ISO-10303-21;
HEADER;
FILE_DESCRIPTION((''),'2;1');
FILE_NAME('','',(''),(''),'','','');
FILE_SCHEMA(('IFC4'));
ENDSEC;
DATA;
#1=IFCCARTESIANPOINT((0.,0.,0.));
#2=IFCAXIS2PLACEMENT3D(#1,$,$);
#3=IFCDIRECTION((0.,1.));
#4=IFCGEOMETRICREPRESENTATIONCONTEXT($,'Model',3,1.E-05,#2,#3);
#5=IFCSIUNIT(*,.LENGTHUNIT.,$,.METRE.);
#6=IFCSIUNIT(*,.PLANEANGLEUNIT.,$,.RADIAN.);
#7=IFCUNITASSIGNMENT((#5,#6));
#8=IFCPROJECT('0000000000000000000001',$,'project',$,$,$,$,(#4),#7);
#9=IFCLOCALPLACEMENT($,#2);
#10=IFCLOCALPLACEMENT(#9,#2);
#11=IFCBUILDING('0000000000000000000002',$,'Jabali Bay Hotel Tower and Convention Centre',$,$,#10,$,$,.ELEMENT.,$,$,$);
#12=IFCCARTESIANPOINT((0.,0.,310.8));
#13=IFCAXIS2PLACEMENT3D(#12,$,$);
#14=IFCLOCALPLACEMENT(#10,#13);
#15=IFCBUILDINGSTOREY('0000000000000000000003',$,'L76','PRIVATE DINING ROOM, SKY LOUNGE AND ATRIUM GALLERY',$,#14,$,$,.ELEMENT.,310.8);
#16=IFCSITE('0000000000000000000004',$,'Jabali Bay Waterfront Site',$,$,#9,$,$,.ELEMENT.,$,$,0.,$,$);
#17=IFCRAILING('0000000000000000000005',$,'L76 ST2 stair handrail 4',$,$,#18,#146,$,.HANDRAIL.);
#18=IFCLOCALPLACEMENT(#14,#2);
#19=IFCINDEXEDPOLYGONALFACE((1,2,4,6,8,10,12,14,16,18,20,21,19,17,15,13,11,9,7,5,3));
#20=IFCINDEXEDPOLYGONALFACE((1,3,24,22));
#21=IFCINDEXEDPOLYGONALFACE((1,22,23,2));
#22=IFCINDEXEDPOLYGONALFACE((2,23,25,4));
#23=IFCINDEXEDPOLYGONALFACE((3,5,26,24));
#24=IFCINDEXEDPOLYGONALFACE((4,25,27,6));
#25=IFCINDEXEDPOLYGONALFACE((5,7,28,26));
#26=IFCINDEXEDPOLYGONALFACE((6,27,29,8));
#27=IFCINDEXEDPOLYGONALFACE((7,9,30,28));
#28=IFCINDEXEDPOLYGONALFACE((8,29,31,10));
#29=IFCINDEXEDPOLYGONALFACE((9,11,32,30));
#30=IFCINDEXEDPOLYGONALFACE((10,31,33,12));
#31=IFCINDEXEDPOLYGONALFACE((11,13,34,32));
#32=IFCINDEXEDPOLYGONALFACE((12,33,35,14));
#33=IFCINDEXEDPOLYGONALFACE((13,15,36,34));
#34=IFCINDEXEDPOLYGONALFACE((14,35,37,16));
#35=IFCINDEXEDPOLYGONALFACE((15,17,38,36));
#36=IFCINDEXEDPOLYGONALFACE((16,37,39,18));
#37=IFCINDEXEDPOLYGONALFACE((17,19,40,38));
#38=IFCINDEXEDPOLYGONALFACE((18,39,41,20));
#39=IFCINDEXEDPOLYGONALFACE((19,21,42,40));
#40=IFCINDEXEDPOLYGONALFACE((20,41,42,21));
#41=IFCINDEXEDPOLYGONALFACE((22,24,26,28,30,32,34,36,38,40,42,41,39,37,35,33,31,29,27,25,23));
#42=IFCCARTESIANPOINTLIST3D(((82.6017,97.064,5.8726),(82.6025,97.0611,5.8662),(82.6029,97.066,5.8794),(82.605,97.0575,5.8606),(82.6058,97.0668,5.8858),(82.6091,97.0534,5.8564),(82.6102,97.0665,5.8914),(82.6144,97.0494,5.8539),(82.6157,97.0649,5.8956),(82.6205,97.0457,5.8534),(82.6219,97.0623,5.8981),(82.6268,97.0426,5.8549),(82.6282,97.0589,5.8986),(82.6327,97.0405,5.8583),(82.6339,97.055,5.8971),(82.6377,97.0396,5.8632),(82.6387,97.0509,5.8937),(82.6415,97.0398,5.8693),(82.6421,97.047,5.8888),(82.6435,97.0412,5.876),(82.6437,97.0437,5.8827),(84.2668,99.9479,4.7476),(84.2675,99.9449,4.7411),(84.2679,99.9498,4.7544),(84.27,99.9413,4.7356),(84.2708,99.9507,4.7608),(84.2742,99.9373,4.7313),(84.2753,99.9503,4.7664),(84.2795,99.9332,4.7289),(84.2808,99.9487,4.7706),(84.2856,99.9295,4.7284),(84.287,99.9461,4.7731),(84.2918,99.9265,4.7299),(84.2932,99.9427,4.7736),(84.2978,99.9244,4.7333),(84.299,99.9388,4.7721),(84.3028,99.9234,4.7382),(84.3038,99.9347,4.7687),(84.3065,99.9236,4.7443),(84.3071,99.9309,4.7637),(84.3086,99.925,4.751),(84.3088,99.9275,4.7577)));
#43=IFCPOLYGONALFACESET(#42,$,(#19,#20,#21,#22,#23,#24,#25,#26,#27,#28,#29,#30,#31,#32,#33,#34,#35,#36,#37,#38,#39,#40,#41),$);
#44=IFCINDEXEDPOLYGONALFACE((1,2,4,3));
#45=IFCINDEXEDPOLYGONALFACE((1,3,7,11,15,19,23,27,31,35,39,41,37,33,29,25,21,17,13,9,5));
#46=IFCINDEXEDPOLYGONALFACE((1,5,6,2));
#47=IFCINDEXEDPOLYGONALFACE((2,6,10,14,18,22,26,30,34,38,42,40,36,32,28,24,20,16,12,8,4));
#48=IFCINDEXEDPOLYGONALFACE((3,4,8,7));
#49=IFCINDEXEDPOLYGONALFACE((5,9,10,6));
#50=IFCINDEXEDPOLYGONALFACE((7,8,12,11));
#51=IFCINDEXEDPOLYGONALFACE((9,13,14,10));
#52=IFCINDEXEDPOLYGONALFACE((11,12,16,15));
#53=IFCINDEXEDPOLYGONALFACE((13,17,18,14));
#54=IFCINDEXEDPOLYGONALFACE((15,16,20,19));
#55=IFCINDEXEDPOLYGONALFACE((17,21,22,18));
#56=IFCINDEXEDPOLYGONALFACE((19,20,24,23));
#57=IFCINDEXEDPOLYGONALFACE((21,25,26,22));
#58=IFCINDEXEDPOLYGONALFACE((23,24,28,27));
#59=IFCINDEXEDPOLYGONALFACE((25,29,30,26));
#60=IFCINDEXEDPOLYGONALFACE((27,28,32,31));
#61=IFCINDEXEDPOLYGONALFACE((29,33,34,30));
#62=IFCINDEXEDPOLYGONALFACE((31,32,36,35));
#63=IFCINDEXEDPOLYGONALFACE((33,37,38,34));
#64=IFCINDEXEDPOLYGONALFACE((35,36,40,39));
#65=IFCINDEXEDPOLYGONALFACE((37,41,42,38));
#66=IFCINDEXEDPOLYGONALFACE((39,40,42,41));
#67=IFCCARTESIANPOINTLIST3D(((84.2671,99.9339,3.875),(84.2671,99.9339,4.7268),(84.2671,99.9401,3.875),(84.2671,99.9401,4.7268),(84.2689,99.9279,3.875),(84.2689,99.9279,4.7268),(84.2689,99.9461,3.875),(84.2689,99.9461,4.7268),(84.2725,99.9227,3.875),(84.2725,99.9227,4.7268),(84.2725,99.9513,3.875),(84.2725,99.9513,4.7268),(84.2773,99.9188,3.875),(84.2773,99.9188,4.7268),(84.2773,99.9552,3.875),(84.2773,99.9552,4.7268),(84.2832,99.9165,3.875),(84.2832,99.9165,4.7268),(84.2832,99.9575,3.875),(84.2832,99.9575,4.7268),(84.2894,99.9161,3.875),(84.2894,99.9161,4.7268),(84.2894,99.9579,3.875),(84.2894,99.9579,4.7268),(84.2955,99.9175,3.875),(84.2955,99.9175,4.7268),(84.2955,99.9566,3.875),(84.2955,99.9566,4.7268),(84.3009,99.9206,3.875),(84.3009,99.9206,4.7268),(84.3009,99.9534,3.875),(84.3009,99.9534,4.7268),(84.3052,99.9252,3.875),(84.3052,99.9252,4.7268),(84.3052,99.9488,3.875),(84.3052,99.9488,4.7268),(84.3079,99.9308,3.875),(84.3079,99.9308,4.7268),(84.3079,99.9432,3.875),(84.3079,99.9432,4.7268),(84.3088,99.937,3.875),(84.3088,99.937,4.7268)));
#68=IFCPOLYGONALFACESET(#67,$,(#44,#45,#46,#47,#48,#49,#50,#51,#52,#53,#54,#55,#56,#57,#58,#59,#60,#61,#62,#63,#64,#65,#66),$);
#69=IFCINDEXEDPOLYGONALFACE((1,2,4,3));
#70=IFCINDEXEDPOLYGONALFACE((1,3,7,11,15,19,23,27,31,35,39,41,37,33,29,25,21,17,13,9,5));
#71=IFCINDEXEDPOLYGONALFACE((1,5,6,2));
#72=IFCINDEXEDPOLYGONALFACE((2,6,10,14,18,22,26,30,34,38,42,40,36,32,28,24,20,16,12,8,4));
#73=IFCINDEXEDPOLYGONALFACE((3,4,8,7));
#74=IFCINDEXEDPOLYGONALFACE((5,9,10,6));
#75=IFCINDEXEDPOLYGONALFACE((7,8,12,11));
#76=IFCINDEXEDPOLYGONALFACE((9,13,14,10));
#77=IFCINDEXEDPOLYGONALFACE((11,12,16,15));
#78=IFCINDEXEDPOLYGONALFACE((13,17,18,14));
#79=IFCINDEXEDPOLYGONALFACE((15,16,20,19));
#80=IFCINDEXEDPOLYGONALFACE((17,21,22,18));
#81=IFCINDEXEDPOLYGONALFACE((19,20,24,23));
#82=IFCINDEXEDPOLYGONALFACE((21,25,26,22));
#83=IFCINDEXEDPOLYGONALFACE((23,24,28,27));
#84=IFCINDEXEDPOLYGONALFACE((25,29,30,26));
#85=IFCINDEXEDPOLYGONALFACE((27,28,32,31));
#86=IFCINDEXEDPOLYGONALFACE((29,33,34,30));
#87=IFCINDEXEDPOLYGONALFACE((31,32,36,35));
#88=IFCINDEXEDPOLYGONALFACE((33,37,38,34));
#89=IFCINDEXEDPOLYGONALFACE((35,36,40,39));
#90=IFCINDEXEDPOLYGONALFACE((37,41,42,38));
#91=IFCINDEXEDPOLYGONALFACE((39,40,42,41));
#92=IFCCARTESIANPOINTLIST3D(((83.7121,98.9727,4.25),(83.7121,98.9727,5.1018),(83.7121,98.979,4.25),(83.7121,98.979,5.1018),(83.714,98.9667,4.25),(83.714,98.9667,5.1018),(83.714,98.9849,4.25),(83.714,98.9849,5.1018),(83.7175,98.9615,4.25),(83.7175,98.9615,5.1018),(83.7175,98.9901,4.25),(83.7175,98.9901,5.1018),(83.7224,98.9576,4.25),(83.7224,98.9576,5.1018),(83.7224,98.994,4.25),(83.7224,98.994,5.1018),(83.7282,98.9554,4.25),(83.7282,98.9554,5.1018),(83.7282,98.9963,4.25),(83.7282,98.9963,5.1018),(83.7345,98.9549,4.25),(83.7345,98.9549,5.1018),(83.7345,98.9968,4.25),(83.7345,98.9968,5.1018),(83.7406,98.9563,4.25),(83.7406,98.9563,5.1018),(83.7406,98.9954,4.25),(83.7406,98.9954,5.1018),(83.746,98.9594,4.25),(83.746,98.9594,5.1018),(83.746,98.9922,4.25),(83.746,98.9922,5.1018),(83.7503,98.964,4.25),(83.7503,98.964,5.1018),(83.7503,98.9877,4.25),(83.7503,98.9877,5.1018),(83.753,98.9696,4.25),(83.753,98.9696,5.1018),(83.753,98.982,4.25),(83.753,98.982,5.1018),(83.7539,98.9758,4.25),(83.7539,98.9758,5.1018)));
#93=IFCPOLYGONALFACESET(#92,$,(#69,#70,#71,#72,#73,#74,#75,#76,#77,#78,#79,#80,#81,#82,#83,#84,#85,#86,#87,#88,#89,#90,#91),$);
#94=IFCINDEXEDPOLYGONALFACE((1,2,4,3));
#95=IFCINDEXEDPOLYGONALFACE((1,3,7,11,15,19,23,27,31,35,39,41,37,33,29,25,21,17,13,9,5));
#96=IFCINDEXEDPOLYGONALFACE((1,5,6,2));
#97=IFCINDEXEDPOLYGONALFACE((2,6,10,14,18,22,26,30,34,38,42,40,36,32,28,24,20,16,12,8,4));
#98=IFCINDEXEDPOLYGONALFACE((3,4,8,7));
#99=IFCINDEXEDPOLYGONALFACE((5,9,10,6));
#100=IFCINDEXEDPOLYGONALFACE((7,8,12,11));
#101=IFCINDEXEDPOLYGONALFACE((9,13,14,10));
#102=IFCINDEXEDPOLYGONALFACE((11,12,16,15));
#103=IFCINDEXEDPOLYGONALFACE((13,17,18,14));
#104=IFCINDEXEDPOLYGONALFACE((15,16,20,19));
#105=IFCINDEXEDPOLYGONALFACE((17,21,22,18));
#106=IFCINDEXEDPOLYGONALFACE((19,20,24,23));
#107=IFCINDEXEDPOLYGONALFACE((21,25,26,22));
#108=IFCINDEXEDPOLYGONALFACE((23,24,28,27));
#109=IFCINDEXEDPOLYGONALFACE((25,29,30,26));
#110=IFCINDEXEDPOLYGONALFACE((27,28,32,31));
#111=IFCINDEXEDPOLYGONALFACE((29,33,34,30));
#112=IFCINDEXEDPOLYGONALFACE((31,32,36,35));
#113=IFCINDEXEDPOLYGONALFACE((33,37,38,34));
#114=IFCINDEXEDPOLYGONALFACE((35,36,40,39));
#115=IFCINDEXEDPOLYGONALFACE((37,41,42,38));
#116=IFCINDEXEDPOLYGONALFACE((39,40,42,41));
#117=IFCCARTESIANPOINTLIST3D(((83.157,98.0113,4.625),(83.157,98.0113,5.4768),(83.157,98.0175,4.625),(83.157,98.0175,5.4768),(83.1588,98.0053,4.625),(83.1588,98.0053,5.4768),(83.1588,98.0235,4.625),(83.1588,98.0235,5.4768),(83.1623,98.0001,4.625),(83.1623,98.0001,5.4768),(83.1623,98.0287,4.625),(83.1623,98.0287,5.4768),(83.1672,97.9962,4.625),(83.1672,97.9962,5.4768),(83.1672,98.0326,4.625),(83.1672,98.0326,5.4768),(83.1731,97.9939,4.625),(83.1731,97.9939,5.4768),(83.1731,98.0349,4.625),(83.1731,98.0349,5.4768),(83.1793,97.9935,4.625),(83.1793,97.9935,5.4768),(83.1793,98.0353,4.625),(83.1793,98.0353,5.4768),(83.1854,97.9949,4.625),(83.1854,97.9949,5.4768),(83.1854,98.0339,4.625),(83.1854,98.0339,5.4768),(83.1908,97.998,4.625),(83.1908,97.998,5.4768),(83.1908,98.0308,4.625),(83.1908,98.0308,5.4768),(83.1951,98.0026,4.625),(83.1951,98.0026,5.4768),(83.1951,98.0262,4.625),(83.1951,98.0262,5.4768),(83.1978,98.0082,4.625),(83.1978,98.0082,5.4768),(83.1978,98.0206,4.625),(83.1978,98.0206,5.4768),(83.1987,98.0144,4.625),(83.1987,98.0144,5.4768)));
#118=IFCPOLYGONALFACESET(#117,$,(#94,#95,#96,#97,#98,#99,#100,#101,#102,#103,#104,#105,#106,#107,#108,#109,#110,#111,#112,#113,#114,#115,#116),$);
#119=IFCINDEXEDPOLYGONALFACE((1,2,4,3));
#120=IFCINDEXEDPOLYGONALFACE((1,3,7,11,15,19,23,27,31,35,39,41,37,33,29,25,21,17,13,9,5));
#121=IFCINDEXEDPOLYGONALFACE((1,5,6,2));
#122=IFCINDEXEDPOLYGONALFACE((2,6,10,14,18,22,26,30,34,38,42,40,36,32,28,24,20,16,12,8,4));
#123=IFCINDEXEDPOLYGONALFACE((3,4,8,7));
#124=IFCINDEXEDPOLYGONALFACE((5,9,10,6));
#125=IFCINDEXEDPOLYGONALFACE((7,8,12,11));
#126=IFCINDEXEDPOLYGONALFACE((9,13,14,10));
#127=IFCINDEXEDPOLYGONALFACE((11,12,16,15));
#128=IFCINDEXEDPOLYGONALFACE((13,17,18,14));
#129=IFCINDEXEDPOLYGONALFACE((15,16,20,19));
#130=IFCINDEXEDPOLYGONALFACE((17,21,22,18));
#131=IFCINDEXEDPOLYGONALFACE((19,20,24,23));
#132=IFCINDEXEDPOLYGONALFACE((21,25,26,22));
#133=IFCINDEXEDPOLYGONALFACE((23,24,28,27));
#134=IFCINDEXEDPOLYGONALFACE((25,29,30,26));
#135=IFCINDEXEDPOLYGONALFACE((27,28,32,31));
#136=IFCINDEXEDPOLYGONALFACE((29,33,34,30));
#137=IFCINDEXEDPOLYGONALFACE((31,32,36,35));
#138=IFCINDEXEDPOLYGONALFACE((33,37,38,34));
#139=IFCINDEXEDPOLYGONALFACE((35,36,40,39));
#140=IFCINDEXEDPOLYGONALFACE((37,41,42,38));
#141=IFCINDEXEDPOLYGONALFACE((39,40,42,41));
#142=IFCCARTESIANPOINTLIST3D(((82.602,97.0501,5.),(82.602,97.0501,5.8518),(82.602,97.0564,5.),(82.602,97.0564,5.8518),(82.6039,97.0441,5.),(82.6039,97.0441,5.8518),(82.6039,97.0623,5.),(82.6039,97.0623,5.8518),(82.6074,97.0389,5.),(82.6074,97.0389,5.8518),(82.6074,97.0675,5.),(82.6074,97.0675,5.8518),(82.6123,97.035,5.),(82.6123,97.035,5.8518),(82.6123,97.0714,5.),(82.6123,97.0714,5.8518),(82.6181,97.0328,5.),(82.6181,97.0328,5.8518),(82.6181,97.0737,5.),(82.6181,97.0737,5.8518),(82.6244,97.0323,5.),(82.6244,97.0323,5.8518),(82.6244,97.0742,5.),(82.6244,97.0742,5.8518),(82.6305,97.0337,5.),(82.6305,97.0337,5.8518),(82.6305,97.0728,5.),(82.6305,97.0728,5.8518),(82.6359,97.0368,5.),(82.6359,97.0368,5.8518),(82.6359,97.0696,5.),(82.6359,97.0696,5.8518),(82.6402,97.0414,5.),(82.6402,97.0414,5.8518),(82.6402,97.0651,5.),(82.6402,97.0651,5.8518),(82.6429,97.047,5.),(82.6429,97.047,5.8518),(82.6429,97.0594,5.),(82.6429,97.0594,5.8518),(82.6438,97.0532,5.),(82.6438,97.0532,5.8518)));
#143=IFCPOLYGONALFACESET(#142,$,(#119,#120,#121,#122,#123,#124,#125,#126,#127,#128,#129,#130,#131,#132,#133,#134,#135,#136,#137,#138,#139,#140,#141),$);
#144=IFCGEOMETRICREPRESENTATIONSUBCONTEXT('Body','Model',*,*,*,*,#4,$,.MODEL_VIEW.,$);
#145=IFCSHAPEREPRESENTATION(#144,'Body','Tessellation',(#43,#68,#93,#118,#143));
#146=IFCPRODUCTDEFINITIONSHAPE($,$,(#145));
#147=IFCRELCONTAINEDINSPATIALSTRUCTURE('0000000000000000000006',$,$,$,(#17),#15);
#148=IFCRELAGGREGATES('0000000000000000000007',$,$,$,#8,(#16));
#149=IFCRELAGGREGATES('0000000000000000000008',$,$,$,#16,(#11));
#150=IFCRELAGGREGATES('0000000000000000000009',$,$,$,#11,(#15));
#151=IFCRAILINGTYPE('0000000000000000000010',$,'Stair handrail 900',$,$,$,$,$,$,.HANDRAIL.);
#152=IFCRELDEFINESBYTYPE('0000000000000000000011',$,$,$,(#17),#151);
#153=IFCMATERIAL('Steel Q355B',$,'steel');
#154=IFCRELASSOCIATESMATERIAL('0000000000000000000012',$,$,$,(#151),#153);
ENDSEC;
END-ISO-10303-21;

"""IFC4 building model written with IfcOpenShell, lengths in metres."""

from ifc_helpers import new_model, si_unit, direction, frame, origin, origin_2d, place, context, subcontext, project, spatial, circle, extrude, material, type_object, element, save


model = new_model("IFC4")

# Units and contexts
model_context = context("Model", 3, precision=1e-05, world=origin(), true_north=direction((0.0, 1.0)))
body_context = subcontext(model_context, "Body", "Model", "MODEL_VIEW")
ifc_project = project(units=[si_unit("LENGTHUNIT", "METRE"), si_unit("PLANEANGLEUNIT", "RADIAN")], contexts=[model_context])

# Site, building, storey
site_placement = place(None, origin())
site = spatial("IfcSite", under=ifc_project, at=site_placement, Name="Jabali Bay Waterfront Site", CompositionType="ELEMENT", RefElevation=0.0)
building_placement = place(site_placement, origin())
building = spatial("IfcBuilding", under=site, at=building_placement, Name="Jabali Bay Hotel Tower and Convention Centre", CompositionType="ELEMENT")
storey_placement = place(building_placement, frame((0.0, 0.0, 310.8)))
storey = spatial("IfcBuildingStorey", under=building, at=storey_placement, Name="L76", Description="PRIVATE DINING ROOM, SKY LOUNGE AND ATRIUM GALLERY", CompositionType="ELEMENT", Elevation=310.8)

# Railing
ifc_material_1 = material(Name="Steel Q355B", Category="steel")
railing_type = type_object("IfcRailingType", Name="Stair handrail 900", PredefinedType="HANDRAIL", material=ifc_material_1)
for number, where, name in (
    (1, (84.2878, 99.937, 3.875), "L76 ST2 stair handrail 4"),
):
    element("IfcRailing", number, at=place(storey_placement, frame(where)), inside=storey, type_object=railing_type, Name=name, PredefinedType="HANDRAIL", context=body_context, shape_type="SweptSolid", body=[
        extrude(circle(Radius=0.0239, at=origin_2d()), frame((0.0, 0.0, 0.876), z_axis=(-0.473715, -0.820457, 0.32007), x_axis=(0.866015, -0.500019, 0.0)), (0.0, 0.0, 1.0), 3.5149),
        extrude(circle(Radius=0.021, at=origin_2d()), origin(), (0.0, 0.0, 1.0), 0.8518),
        extrude(circle(Radius=0.021, at=origin_2d()), frame((-0.5549, -0.9612, 0.375)), (0.0, 0.0, 1.0), 0.8518),
        extrude(circle(Radius=0.021, at=origin_2d()), frame((-1.1101, -1.9226, 0.75)), (0.0, 0.0, 1.0), 0.8518),
        extrude(circle(Radius=0.021, at=origin_2d()), frame((-1.665, -2.8838, 1.125)), (0.0, 0.0, 1.0), 0.8518),
    ])

save(model, "model.ifc")
